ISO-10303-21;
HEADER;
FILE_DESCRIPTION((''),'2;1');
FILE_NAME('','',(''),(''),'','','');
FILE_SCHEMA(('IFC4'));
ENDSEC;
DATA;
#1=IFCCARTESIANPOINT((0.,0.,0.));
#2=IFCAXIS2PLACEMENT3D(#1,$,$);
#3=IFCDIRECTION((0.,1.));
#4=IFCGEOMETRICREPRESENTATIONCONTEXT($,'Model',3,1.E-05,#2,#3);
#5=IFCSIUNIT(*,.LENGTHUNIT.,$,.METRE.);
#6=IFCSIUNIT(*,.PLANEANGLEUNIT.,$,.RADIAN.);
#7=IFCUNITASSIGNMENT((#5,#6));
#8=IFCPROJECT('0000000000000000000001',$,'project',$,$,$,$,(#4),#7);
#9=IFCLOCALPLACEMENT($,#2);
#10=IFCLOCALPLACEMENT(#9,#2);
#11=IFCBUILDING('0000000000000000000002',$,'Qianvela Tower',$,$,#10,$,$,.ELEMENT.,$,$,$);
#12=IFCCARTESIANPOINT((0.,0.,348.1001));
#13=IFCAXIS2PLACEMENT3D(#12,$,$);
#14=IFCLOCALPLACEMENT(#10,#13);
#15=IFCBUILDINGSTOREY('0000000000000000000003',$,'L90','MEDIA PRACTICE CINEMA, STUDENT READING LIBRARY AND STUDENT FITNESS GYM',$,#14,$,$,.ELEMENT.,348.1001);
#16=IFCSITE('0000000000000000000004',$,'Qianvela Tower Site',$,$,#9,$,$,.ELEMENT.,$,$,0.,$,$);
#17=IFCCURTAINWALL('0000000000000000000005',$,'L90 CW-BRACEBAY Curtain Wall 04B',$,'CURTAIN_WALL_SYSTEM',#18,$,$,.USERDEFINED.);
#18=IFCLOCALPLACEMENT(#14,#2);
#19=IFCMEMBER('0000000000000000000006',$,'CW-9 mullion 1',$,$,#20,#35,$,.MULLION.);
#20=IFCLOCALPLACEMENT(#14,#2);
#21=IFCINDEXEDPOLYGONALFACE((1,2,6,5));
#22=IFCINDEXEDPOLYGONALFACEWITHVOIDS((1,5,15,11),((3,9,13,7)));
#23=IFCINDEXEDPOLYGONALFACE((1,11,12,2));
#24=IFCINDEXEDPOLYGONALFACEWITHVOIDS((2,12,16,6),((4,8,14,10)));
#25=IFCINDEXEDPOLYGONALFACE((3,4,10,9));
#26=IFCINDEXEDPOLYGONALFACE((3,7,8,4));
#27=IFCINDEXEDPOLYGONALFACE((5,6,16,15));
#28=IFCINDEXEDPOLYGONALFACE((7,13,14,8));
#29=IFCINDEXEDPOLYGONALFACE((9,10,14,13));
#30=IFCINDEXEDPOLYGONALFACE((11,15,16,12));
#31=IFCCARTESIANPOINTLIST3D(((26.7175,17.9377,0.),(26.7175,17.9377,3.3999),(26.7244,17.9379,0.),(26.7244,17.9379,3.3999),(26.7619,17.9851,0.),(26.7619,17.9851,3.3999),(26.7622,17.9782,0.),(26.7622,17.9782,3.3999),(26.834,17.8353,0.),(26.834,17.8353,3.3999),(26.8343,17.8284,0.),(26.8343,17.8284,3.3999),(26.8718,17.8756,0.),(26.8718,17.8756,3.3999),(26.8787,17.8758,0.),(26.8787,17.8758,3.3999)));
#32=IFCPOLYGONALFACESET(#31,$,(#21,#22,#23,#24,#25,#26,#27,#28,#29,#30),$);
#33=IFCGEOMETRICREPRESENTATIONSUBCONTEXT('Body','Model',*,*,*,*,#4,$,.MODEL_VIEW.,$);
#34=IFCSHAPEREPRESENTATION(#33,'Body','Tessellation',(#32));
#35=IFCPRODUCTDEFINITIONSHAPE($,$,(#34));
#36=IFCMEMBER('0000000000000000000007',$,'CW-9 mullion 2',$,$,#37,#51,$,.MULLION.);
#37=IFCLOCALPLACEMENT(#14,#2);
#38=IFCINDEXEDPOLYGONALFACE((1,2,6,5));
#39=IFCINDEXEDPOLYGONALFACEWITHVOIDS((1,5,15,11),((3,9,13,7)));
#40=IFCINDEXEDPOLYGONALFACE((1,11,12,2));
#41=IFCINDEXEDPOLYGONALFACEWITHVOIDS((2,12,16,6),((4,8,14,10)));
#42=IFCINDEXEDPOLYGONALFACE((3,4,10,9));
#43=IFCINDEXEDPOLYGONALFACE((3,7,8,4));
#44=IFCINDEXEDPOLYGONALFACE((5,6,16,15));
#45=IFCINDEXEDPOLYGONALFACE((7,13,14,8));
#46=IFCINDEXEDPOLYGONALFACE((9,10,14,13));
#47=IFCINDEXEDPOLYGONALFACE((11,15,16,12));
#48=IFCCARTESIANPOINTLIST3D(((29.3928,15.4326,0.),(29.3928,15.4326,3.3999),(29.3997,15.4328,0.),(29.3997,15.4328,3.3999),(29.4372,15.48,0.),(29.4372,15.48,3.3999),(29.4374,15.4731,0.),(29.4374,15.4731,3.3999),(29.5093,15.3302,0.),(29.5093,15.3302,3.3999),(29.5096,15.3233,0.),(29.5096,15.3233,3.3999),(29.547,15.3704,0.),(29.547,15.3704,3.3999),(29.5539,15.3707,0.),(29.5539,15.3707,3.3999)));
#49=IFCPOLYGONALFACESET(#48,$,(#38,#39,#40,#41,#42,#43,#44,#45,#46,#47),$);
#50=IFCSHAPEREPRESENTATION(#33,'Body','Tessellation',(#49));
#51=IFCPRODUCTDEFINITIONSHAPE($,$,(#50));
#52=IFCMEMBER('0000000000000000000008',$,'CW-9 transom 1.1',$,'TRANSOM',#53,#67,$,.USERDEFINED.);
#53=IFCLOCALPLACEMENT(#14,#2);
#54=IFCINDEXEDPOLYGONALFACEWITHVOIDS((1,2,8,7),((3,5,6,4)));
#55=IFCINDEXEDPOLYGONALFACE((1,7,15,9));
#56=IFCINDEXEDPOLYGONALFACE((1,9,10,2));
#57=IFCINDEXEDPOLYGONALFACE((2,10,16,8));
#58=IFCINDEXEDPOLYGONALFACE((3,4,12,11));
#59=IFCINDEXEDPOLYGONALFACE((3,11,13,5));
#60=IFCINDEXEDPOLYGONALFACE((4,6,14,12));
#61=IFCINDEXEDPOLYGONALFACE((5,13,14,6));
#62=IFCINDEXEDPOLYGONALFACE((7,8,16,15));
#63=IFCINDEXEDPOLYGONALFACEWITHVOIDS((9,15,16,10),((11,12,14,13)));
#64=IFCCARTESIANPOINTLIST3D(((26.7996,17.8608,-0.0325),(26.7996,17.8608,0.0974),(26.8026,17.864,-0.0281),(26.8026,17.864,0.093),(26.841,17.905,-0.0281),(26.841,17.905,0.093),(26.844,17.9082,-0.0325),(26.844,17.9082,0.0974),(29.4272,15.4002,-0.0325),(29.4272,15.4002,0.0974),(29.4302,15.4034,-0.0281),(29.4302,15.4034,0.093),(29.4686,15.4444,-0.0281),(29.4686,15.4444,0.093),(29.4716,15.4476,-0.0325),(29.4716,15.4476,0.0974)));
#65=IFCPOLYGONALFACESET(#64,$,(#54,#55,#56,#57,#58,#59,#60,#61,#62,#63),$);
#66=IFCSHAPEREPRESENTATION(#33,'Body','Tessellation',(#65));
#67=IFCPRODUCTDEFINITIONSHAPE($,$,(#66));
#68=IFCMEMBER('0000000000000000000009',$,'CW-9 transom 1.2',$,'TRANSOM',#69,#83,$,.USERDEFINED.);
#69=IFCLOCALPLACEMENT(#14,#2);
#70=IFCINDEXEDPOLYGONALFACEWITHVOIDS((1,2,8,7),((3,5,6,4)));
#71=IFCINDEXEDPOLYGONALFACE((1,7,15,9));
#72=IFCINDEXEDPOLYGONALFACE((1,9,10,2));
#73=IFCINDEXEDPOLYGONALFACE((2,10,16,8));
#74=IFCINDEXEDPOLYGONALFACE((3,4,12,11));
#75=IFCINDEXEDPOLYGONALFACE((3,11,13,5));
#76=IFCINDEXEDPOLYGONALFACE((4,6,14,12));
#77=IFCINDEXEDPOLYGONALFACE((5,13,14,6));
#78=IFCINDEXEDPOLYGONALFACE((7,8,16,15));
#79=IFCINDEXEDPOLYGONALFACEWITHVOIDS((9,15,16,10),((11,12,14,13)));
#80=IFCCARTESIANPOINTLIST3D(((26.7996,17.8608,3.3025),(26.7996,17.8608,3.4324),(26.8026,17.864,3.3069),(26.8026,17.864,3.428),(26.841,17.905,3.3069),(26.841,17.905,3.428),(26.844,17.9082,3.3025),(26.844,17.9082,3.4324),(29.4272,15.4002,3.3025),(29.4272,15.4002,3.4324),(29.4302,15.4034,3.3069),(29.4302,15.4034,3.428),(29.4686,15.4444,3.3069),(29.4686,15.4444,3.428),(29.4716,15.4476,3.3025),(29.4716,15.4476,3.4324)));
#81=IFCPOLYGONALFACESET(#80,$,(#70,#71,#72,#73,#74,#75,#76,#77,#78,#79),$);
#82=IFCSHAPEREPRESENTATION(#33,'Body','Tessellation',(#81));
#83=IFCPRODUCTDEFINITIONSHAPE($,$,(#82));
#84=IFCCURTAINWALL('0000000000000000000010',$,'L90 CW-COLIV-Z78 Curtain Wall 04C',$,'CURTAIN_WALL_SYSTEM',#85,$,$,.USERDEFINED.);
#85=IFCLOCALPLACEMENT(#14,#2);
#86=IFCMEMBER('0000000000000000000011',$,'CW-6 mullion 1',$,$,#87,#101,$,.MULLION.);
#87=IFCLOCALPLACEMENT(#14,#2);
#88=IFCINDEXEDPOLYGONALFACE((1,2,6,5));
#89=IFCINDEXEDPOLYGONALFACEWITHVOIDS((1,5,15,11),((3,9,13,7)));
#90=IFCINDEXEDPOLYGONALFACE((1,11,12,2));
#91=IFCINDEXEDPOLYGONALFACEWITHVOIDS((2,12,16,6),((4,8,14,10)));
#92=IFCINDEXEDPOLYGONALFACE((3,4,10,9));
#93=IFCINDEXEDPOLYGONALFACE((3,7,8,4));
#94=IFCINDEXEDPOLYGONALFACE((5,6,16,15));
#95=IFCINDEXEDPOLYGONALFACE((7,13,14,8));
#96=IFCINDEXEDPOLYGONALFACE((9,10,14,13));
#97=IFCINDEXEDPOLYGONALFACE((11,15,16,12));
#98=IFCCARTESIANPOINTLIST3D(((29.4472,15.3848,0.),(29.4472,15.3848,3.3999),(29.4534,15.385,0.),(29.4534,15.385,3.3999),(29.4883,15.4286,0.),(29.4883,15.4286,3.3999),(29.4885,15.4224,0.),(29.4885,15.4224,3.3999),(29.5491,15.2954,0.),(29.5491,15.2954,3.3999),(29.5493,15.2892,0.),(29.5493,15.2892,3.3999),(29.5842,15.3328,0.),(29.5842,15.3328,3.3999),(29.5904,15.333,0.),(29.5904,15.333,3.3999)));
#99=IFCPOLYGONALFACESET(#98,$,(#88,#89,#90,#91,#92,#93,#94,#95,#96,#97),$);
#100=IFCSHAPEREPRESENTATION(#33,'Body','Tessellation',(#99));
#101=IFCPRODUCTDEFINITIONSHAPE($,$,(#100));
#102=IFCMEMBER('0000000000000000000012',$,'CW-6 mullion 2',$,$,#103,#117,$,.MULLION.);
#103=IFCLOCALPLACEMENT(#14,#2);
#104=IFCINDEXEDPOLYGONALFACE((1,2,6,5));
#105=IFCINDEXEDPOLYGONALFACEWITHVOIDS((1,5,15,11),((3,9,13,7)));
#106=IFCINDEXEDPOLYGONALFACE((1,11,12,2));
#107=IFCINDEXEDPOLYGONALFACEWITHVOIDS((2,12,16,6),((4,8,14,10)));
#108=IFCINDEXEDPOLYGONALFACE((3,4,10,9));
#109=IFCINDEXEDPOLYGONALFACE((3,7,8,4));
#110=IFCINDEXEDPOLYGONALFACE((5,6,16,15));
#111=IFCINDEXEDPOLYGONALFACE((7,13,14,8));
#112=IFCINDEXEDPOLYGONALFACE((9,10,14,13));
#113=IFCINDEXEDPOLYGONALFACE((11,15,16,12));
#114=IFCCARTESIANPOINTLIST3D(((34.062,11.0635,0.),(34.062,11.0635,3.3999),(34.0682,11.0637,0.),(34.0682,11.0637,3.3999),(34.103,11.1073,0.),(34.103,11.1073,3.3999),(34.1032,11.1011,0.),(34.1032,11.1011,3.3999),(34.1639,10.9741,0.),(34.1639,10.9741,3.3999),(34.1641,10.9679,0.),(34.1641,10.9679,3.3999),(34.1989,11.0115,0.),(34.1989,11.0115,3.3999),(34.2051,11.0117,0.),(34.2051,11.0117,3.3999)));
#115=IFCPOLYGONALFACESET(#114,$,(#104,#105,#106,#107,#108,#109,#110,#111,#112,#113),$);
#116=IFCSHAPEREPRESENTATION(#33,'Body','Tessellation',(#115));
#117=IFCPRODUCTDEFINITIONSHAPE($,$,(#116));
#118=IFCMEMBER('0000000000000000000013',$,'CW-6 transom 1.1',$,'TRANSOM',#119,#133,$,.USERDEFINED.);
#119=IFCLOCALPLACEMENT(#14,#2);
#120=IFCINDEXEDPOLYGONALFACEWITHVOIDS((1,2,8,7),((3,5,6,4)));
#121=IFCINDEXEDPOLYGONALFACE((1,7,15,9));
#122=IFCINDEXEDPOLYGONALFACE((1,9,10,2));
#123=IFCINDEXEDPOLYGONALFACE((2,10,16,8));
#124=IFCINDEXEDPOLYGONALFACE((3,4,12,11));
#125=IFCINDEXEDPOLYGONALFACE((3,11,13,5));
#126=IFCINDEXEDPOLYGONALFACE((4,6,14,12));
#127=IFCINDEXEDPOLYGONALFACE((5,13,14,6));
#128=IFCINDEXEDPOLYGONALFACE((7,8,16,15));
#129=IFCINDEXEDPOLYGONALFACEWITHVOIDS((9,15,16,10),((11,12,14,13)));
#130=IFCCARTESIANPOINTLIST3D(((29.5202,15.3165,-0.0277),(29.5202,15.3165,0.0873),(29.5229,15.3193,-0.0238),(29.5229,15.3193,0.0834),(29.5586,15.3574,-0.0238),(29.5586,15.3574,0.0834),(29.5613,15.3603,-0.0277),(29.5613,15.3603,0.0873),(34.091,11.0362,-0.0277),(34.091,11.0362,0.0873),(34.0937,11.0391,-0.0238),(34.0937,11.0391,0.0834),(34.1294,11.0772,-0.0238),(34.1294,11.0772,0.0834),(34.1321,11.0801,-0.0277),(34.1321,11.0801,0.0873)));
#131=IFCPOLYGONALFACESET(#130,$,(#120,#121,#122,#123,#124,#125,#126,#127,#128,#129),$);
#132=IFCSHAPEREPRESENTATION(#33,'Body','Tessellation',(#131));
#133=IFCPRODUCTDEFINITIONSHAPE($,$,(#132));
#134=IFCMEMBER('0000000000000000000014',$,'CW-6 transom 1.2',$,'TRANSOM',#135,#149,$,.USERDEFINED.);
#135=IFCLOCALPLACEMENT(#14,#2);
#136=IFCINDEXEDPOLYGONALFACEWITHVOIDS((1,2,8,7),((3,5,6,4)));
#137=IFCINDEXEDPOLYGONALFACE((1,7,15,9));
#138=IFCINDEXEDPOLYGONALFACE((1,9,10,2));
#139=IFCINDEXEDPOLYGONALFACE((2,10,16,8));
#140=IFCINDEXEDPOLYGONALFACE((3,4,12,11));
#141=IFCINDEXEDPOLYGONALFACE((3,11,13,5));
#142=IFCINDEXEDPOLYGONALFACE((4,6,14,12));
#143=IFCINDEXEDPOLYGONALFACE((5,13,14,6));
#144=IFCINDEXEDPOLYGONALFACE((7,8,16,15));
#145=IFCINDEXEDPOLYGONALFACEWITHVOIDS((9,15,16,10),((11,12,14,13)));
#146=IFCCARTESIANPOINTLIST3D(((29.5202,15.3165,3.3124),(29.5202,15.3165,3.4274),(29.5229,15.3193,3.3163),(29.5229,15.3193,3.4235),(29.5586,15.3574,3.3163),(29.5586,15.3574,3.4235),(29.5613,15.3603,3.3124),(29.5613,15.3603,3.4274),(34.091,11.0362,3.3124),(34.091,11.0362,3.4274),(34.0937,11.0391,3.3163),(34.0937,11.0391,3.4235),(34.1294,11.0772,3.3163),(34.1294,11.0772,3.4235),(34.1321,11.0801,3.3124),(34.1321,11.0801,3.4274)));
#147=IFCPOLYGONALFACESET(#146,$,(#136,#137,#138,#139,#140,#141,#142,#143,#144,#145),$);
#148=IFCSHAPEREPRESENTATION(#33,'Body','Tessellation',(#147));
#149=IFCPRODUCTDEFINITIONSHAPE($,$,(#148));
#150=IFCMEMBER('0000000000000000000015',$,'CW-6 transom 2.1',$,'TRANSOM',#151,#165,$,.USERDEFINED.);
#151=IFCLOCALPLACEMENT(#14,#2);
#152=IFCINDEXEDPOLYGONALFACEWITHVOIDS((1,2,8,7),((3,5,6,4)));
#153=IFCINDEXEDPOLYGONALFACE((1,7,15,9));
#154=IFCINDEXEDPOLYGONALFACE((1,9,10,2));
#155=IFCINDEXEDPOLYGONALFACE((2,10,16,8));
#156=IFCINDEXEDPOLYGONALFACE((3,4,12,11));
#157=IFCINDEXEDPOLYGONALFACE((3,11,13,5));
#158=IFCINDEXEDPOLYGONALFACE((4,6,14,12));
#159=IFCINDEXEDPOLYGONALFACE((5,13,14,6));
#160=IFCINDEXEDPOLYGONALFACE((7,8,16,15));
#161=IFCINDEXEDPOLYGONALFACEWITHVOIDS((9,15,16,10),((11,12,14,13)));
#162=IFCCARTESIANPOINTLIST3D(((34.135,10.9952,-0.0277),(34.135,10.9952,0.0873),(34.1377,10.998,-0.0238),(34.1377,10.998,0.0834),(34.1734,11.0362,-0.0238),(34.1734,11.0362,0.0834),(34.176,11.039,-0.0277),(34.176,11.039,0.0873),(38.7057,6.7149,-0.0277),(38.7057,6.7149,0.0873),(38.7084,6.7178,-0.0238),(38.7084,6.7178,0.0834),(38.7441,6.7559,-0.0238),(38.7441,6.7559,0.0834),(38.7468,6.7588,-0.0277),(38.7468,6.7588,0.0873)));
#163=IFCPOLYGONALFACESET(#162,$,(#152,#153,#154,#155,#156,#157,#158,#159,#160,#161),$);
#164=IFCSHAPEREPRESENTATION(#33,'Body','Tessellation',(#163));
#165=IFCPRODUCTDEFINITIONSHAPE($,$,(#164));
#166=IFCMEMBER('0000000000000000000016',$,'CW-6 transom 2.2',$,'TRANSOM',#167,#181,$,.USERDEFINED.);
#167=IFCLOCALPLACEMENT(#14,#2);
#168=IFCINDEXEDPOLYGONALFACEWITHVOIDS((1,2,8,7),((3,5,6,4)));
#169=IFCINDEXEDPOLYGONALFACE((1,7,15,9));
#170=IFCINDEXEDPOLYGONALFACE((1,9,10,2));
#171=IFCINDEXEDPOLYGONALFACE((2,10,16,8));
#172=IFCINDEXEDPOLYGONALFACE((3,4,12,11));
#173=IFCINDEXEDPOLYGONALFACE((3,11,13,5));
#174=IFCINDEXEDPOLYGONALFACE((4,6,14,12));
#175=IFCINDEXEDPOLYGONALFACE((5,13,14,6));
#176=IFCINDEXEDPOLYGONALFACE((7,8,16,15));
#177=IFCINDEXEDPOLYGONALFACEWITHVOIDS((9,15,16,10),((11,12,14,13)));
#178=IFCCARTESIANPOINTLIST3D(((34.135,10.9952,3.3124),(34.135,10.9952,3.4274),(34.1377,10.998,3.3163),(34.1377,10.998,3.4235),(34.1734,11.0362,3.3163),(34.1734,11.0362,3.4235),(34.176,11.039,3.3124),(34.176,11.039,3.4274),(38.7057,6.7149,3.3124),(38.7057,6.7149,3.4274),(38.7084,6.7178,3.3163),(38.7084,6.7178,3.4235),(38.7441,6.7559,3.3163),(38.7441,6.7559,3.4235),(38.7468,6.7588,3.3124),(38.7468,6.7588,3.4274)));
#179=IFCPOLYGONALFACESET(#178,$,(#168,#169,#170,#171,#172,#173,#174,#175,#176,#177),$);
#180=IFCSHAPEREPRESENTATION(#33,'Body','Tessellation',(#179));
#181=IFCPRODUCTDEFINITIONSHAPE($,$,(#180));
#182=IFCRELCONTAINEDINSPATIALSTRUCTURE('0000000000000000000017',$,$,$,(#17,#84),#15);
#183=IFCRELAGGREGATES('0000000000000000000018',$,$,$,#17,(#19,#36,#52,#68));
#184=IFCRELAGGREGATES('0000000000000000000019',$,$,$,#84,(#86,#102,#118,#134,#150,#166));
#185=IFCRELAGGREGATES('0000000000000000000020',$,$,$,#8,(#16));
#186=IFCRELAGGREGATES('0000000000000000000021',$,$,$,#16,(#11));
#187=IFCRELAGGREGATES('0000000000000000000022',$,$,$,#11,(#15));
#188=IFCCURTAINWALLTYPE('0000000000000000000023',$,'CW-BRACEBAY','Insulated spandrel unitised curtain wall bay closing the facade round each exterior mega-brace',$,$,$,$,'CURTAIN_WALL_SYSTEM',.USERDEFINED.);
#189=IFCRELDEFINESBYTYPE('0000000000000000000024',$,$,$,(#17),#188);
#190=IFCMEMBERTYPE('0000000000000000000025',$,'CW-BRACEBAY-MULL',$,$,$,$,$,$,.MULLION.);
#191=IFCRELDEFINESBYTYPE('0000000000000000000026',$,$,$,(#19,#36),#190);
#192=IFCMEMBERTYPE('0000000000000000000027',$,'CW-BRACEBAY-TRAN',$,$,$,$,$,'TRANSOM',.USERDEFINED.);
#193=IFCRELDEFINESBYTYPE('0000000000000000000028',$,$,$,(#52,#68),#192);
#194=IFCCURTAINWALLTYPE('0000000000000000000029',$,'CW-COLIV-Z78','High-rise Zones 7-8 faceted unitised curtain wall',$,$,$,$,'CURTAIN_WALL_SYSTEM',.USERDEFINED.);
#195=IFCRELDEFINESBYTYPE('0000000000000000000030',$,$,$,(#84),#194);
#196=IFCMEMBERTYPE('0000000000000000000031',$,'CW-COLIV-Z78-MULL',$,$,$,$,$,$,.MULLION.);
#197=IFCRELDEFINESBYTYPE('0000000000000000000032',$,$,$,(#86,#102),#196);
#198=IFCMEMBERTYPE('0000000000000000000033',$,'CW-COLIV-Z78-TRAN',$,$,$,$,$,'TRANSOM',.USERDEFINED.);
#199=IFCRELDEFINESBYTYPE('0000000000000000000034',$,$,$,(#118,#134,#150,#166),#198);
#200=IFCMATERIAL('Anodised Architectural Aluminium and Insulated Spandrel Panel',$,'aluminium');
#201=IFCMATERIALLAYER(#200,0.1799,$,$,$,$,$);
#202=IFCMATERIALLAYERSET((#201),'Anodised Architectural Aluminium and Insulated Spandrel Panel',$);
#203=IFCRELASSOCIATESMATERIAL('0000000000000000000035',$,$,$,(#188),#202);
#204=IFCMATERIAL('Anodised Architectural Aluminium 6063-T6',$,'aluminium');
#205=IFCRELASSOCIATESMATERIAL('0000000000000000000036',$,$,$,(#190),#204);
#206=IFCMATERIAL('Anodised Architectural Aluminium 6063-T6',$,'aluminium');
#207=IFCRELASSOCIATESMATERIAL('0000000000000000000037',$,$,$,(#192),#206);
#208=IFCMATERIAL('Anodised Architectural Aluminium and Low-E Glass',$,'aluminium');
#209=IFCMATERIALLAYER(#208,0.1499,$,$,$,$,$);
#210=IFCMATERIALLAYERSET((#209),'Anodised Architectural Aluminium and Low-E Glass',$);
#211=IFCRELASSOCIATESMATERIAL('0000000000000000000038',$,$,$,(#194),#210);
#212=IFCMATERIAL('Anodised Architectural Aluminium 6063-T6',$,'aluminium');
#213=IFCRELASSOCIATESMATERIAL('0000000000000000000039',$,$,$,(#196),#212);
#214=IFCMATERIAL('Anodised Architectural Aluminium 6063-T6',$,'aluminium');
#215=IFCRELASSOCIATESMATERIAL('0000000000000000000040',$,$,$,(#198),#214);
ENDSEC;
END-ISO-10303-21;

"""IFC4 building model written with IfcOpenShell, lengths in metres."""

from ifc_helpers import new_model, si_unit, direction, frame, origin, origin_2d, place, context, subcontext, project, spatial, hollow_rectangle, extrude, material, layer, layer_set, material_profile, profile_set, type_object, element, aggregate, save


model = new_model("IFC4")

# Units and contexts
model_context = context("Model", 3, precision=1e-05, world=origin(), true_north=direction((0.0, 1.0)))
body_context = subcontext(model_context, "Body", "Model", "MODEL_VIEW")
ifc_project = project(units=[si_unit("LENGTHUNIT", "METRE"), si_unit("PLANEANGLEUNIT", "RADIAN")], contexts=[model_context])

# Site, building, storey
site_placement = place(None, origin())
site = spatial("IfcSite", under=ifc_project, at=site_placement, Name="Qianvela Tower Site", CompositionType="ELEMENT", RefElevation=0.0)
building_placement = place(site_placement, origin())
building = spatial("IfcBuilding", under=site, at=building_placement, Name="Qianvela Tower", CompositionType="ELEMENT")
storey_placement = place(building_placement, frame((0.0, 0.0, 348.1001)))
storey = spatial("IfcBuildingStorey", under=building, at=storey_placement, Name="L90", Description="MEDIA PRACTICE CINEMA, STUDENT READING LIBRARY AND STUDENT FITNESS GYM", CompositionType="ELEMENT", Elevation=348.1001)

# Curtain walls, members
ifc_material_1 = material(Name="Anodised Architectural Aluminium and Insulated Spandrel Panel", Category="aluminium")
ifc_layer_1 = layer(ifc_material_1, 0.1799)
ifc_layer_set_1 = layer_set([ifc_layer_1], Name="Anodised Architectural Aluminium and Insulated Spandrel Panel")
curtain_wall_type_1 = type_object("IfcCurtainWallType", Name="CW-BRACEBAY", Description="Insulated spandrel unitised curtain wall bay closing the facade round each exterior mega-brace", ElementType="CURTAIN_WALL_SYSTEM", PredefinedType="USERDEFINED", material=ifc_layer_set_1)
curtain_wall_1_placement = place(storey_placement, origin())
curtain_wall_1 = element("IfcCurtainWall", 1, at=curtain_wall_1_placement, inside=storey, type_object=curtain_wall_type_1, Name="L90 CW-BRACEBAY Curtain Wall 04B", ObjectType="CURTAIN_WALL_SYSTEM", PredefinedType="USERDEFINED")
ifc_material_2 = material(Name="Anodised Architectural Aluminium 6063-T6", Category="aluminium")
ifc_material_profile_1 = material_profile(ifc_material_2, hollow_rectangle(XDim=0.0649, YDim=0.1599, WallThickness=0.0049, at=origin_2d()), Name="ALU-MULL-65x160")
ifc_profile_set_1 = profile_set([ifc_material_profile_1], Name="Anodised Architectural Aluminium 6063-T6")
member_type_1 = type_object("IfcMemberType", Name="CW-BRACEBAY-MULL", PredefinedType="MULLION", material=ifc_profile_set_1)
member_1_placement = place(storey_placement, frame((26.7981, 17.9067, 0.0), z_axis=(0.0, 0.0, 1.0), x_axis=(0.683522, 0.72993, 0.0)))
member_1 = element("IfcMember", 2, at=member_1_placement, type_object=member_type_1, Name="CW-9 mullion 1", PredefinedType="MULLION", context=body_context, shape_type="SweptSolid", body=[
    extrude(hollow_rectangle(XDim=0.0649, YDim=0.1599, WallThickness=0.0049, at=origin_2d()), origin(), (0.0, 0.0, 1.0), 3.3999),
])
member_2_placement = place(storey_placement, frame((29.4734, 15.4016, 0.0), z_axis=(0.0, 0.0, 1.0), x_axis=(0.683522, 0.72993, 0.0)))
member_2 = element("IfcMember", 3, at=member_2_placement, type_object=member_type_1, Name="CW-9 mullion 2", PredefinedType="MULLION", context=body_context, shape_type="SweptSolid", body=[
    extrude(hollow_rectangle(XDim=0.0649, YDim=0.1599, WallThickness=0.0049, at=origin_2d()), origin(), (0.0, 0.0, 1.0), 3.3999),
])
ifc_material_3 = material(Name="Anodised Architectural Aluminium 6063-T6", Category="aluminium")
ifc_material_profile_2 = material_profile(ifc_material_3, hollow_rectangle(XDim=0.0649, YDim=0.1299, WallThickness=0.0044, at=origin_2d()), Name="ALU-TRAN-65x130")
ifc_profile_set_2 = profile_set([ifc_material_profile_2], Name="Anodised Architectural Aluminium 6063-T6")
member_type_2 = type_object("IfcMemberType", Name="CW-BRACEBAY-TRAN", ElementType="TRANSOM", PredefinedType="USERDEFINED", material=ifc_profile_set_2)
member_3_placement = place(storey_placement, frame((26.8218, 17.8845, 0.0325), z_axis=(0.72992, -0.683533, 0.0), x_axis=(0.683533, 0.72992, 0.0)))
member_3 = element("IfcMember", 4, at=member_3_placement, type_object=member_type_2, Name="CW-9 transom 1.1", ObjectType="TRANSOM", PredefinedType="USERDEFINED", context=body_context, shape_type="SweptSolid", body=[
    extrude(hollow_rectangle(XDim=0.0649, YDim=0.1299, WallThickness=0.0044, at=origin_2d()), origin(), (0.0, 0.0, 1.0), 3.5999),
])
member_4_placement = place(storey_placement, frame((26.8218, 17.8845, 3.3674), z_axis=(0.72992, -0.683533, 0.0), x_axis=(0.683533, 0.72992, 0.0)))
member_4 = element("IfcMember", 5, at=member_4_placement, type_object=member_type_2, Name="CW-9 transom 1.2", ObjectType="TRANSOM", PredefinedType="USERDEFINED", context=body_context, shape_type="SweptSolid", body=[
    extrude(hollow_rectangle(XDim=0.0649, YDim=0.1299, WallThickness=0.0044, at=origin_2d()), origin(), (0.0, 0.0, 1.0), 3.5999),
])
ifc_material_4 = material(Name="Anodised Architectural Aluminium and Low-E Glass", Category="aluminium")
ifc_layer_2 = layer(ifc_material_4, 0.1499)
ifc_layer_set_2 = layer_set([ifc_layer_2], Name="Anodised Architectural Aluminium and Low-E Glass")
curtain_wall_type_2 = type_object("IfcCurtainWallType", Name="CW-COLIV-Z78", Description="High-rise Zones 7-8 faceted unitised curtain wall", ElementType="CURTAIN_WALL_SYSTEM", PredefinedType="USERDEFINED", material=ifc_layer_set_2)
curtain_wall_2_placement = place(storey_placement, origin())
curtain_wall_2 = element("IfcCurtainWall", 6, at=curtain_wall_2_placement, inside=storey, type_object=curtain_wall_type_2, Name="L90 CW-COLIV-Z78 Curtain Wall 04C", ObjectType="CURTAIN_WALL_SYSTEM", PredefinedType="USERDEFINED")
ifc_material_5 = material(Name="Anodised Architectural Aluminium 6063-T6", Category="aluminium")
ifc_material_profile_3 = material_profile(ifc_material_5, hollow_rectangle(XDim=0.0601, YDim=0.1399, WallThickness=0.0044, at=origin_2d()), Name="ALU-MULL-60x140")
ifc_profile_set_3 = profile_set([ifc_material_profile_3], Name="Anodised Architectural Aluminium 6063-T6")
member_type_3 = type_object("IfcMemberType", Name="CW-COLIV-Z78-MULL", PredefinedType="MULLION", material=ifc_profile_set_3)
member_5_placement = place(storey_placement, frame((29.5188, 15.3589, 0.0), z_axis=(0.0, 0.0, 1.0), x_axis=(0.683533, 0.72992, 0.0)))
member_5 = element("IfcMember", 7, at=member_5_placement, type_object=member_type_3, Name="CW-6 mullion 1", PredefinedType="MULLION", context=body_context, shape_type="SweptSolid", body=[
    extrude(hollow_rectangle(XDim=0.0601, YDim=0.1399, WallThickness=0.0044, at=origin_2d()), origin(), (0.0, 0.0, 1.0), 3.3999),
])
member_6_placement = place(storey_placement, frame((34.1335, 11.0376, 0.0), z_axis=(0.0, 0.0, 1.0), x_axis=(0.683533, 0.72992, 0.0)))
member_6 = element("IfcMember", 8, at=member_6_placement, type_object=member_type_3, Name="CW-6 mullion 2", PredefinedType="MULLION", context=body_context, shape_type="SweptSolid", body=[
    extrude(hollow_rectangle(XDim=0.0601, YDim=0.1399, WallThickness=0.0044, at=origin_2d()), origin(), (0.0, 0.0, 1.0), 3.3999),
])
ifc_material_6 = material(Name="Anodised Architectural Aluminium 6063-T6", Category="aluminium")
ifc_material_profile_4 = material_profile(ifc_material_6, hollow_rectangle(XDim=0.0601, YDim=0.115, WallThickness=0.0039, at=origin_2d()), Name="ALU-TRAN-60x115")
ifc_profile_set_4 = profile_set([ifc_material_profile_4], Name="Anodised Architectural Aluminium 6063-T6")
member_type_4 = type_object("IfcMemberType", Name="CW-COLIV-Z78-TRAN", ElementType="TRANSOM", PredefinedType="USERDEFINED", material=ifc_profile_set_4)
member_7_placement = place(storey_placement, frame((29.5408, 15.3384, 0.0298), z_axis=(0.729924, -0.683529, 0.0), x_axis=(0.683529, 0.729924, 0.0)))
member_7 = element("IfcMember", 9, at=member_7_placement, type_object=member_type_4, Name="CW-6 transom 1.1", ObjectType="TRANSOM", PredefinedType="USERDEFINED", context=body_context, shape_type="SweptSolid", body=[
    extrude(hollow_rectangle(XDim=0.0601, YDim=0.115, WallThickness=0.0039, at=origin_2d()), origin(), (0.0, 0.0, 1.0), 6.262),
])
member_8_placement = place(storey_placement, frame((29.5408, 15.3384, 3.3699), z_axis=(0.729924, -0.683529, 0.0), x_axis=(0.683529, 0.729924, 0.0)))
member_8 = element("IfcMember", 10, at=member_8_placement, type_object=member_type_4, Name="CW-6 transom 1.2", ObjectType="TRANSOM", PredefinedType="USERDEFINED", context=body_context, shape_type="SweptSolid", body=[
    extrude(hollow_rectangle(XDim=0.0601, YDim=0.115, WallThickness=0.0039, at=origin_2d()), origin(), (0.0, 0.0, 1.0), 6.262),
])
member_9_placement = place(storey_placement, frame((34.1555, 11.0171, 0.0298), z_axis=(0.729924, -0.683529, 0.0), x_axis=(0.683529, 0.729924, 0.0)))
member_9 = element("IfcMember", 11, at=member_9_placement, type_object=member_type_4, Name="CW-6 transom 2.1", ObjectType="TRANSOM", PredefinedType="USERDEFINED", context=body_context, shape_type="SweptSolid", body=[
    extrude(hollow_rectangle(XDim=0.0601, YDim=0.115, WallThickness=0.0039, at=origin_2d()), origin(), (0.0, 0.0, 1.0), 6.262),
])
member_10_placement = place(storey_placement, frame((34.1555, 11.0171, 3.3699), z_axis=(0.729924, -0.683529, 0.0), x_axis=(0.683529, 0.729924, 0.0)))
member_10 = element("IfcMember", 12, at=member_10_placement, type_object=member_type_4, Name="CW-6 transom 2.2", ObjectType="TRANSOM", PredefinedType="USERDEFINED", context=body_context, shape_type="SweptSolid", body=[
    extrude(hollow_rectangle(XDim=0.0601, YDim=0.115, WallThickness=0.0039, at=origin_2d()), origin(), (0.0, 0.0, 1.0), 6.262),
])

aggregate(curtain_wall_1, [member_1, member_2, member_3, member_4])
aggregate(curtain_wall_2, [member_5, member_6, member_7, member_8, member_9, member_10])

save(model, "model.ifc")
